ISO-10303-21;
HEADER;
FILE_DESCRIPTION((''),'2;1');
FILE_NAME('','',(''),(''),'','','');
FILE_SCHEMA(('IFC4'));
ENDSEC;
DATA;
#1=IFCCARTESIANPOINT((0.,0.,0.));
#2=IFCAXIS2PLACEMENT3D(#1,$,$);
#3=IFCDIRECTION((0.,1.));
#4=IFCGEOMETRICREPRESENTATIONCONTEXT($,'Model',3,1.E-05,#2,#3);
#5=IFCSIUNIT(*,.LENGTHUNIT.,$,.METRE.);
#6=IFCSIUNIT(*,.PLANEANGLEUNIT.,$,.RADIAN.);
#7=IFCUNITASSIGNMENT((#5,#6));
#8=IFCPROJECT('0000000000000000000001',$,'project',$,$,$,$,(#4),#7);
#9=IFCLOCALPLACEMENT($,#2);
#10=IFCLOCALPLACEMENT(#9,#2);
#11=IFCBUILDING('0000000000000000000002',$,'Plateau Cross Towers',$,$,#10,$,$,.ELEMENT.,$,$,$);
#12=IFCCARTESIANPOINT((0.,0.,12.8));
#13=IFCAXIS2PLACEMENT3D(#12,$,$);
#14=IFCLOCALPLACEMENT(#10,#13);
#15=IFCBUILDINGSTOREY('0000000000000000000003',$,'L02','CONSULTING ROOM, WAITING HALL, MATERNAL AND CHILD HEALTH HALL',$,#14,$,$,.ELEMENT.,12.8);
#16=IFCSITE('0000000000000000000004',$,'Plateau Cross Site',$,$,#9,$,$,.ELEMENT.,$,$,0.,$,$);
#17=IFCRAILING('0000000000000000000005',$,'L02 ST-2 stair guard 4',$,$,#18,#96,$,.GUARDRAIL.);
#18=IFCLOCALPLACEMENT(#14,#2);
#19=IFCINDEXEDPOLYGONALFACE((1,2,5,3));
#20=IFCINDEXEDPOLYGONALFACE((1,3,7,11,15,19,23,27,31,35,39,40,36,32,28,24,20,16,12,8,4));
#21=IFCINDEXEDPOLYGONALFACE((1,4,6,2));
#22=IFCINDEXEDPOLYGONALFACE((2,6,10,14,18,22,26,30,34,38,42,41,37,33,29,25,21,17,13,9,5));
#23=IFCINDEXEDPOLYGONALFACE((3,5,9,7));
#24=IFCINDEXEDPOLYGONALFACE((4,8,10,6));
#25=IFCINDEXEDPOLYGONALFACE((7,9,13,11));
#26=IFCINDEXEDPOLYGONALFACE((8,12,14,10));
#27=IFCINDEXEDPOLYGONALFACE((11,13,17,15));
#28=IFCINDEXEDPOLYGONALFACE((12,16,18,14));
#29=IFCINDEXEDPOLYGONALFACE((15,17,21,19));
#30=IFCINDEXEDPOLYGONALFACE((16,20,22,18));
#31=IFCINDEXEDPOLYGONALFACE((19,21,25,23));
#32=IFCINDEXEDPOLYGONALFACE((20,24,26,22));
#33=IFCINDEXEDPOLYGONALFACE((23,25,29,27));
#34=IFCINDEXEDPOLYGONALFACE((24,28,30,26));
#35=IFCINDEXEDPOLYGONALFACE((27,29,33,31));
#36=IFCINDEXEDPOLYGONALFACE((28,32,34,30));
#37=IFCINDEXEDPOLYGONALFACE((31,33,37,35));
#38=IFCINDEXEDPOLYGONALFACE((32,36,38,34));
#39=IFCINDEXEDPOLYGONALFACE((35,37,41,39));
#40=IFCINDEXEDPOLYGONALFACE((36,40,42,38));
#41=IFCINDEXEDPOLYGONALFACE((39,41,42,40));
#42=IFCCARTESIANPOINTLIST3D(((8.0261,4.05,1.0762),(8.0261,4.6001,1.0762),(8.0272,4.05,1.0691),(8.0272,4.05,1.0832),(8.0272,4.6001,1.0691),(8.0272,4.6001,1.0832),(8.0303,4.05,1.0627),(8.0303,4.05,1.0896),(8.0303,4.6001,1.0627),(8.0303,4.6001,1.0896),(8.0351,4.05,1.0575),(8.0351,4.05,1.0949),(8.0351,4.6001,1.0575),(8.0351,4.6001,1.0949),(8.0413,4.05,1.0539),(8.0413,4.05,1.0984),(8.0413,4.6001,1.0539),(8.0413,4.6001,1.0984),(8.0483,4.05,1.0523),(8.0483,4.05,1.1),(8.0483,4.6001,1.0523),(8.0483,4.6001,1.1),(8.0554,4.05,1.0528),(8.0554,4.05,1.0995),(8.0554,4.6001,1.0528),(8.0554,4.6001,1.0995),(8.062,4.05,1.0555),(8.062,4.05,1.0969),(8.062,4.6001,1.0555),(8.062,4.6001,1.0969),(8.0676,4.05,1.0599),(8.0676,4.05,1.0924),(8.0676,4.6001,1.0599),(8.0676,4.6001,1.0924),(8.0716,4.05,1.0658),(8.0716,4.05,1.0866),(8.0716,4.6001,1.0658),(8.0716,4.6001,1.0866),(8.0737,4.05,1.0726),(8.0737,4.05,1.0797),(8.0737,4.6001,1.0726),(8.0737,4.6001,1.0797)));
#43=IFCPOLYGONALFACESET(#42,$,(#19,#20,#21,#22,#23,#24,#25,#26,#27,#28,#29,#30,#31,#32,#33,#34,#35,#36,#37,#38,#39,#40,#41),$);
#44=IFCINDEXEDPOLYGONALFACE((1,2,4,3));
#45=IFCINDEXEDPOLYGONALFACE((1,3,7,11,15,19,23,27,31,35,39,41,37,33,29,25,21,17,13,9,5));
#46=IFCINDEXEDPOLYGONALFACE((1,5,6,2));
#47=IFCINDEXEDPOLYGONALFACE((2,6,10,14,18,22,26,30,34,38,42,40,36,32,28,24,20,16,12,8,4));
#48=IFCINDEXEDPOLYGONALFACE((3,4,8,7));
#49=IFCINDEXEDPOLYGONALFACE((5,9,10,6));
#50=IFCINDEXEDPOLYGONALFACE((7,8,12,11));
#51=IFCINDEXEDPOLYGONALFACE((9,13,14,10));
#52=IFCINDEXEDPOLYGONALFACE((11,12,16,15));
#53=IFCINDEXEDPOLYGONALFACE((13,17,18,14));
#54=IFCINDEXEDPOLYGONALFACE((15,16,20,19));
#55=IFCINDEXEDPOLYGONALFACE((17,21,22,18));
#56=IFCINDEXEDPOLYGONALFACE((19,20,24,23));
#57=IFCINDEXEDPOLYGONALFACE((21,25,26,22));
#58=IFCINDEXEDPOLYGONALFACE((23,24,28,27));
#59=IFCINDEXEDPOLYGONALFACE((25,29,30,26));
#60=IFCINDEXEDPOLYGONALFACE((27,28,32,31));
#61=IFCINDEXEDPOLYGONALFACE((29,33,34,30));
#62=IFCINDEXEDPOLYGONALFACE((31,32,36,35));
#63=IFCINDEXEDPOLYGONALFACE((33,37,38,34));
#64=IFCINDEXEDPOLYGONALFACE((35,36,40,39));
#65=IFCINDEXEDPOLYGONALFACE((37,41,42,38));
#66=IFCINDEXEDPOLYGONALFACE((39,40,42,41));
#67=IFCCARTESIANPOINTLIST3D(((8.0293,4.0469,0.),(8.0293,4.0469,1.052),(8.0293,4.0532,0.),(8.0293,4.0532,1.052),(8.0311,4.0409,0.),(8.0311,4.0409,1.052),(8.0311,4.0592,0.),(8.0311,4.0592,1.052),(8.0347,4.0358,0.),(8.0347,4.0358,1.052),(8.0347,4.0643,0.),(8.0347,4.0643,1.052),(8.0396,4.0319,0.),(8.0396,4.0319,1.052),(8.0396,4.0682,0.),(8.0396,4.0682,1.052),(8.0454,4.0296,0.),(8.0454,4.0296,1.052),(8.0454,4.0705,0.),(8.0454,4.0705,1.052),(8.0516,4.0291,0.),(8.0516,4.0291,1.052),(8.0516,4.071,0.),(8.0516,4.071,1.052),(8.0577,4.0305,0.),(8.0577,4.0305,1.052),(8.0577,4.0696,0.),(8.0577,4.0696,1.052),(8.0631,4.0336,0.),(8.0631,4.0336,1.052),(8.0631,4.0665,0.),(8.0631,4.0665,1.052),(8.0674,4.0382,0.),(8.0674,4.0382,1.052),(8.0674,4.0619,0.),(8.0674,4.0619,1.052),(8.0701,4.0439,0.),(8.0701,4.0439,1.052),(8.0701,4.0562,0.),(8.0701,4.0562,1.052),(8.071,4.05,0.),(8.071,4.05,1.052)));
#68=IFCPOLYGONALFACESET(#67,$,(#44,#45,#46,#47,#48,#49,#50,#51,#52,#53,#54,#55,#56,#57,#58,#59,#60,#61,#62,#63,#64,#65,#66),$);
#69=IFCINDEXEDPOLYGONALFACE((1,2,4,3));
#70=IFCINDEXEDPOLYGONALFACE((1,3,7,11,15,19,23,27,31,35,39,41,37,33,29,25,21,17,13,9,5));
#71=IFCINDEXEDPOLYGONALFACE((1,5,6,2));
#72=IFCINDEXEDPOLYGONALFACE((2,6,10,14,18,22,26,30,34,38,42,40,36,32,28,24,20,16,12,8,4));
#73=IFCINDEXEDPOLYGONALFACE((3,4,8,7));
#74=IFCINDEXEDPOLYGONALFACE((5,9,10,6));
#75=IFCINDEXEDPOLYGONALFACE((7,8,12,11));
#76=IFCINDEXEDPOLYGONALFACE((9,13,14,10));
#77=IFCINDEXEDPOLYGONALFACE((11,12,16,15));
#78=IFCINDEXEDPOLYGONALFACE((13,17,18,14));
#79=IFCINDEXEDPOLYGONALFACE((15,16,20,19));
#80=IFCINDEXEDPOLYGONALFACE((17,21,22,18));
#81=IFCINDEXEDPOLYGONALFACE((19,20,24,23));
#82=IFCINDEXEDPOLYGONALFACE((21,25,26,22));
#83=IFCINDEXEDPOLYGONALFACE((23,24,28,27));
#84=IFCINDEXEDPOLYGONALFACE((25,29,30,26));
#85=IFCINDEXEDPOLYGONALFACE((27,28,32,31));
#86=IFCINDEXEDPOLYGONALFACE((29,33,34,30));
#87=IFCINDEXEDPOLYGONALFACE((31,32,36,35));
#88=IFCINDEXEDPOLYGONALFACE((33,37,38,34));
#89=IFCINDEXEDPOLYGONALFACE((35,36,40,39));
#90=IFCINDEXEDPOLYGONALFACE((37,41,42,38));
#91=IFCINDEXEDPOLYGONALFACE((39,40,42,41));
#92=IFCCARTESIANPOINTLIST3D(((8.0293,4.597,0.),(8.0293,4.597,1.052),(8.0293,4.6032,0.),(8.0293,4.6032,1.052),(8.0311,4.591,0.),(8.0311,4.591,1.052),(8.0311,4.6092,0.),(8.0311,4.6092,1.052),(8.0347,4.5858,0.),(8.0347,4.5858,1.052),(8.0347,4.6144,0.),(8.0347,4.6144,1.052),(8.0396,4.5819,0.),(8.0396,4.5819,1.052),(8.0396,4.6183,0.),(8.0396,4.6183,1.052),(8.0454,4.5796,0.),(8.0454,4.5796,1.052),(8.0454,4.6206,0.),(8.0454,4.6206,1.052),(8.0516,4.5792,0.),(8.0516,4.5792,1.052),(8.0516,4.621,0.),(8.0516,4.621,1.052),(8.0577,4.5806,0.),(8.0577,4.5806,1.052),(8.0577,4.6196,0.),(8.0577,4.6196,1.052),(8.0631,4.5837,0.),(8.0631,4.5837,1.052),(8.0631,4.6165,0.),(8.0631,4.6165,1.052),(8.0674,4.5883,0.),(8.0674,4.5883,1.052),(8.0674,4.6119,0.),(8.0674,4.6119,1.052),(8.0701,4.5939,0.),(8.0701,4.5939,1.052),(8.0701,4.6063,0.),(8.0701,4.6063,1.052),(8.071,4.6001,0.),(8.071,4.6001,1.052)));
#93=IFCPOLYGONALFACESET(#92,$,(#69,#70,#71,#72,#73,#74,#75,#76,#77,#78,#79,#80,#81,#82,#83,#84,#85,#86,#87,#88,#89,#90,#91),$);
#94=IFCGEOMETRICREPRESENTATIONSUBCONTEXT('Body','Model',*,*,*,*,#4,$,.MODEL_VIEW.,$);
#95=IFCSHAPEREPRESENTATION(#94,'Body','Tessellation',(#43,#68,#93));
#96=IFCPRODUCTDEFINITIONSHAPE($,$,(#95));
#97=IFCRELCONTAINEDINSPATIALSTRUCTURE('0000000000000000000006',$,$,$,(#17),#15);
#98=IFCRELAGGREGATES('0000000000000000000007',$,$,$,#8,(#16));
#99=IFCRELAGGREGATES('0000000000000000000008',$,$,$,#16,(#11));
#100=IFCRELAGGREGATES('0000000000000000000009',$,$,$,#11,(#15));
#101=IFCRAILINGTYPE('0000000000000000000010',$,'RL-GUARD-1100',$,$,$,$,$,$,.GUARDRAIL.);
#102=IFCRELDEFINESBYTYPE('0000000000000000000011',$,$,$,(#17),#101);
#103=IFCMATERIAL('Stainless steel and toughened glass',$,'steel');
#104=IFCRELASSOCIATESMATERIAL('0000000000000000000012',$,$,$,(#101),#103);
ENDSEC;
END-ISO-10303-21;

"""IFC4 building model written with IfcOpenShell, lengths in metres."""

from ifc_helpers import new_model, si_unit, direction, frame, origin, origin_2d, place, context, subcontext, project, spatial, circle, extrude, material, type_object, element, save


model = new_model("IFC4")

# Units and contexts
model_context = context("Model", 3, precision=1e-05, world=origin(), true_north=direction((0.0, 1.0)))
body_context = subcontext(model_context, "Body", "Model", "MODEL_VIEW")
ifc_project = project(units=[si_unit("LENGTHUNIT", "METRE"), si_unit("PLANEANGLEUNIT", "RADIAN")], contexts=[model_context])

# Site, building, storey
site_placement = place(None, origin())
site = spatial("IfcSite", under=ifc_project, at=site_placement, Name="Plateau Cross Site", CompositionType="ELEMENT", RefElevation=0.0)
building_placement = place(site_placement, origin())
building = spatial("IfcBuilding", under=site, at=building_placement, Name="Plateau Cross Towers", CompositionType="ELEMENT")
storey_placement = place(building_placement, frame((0.0, 0.0, 12.8)))
storey = spatial("IfcBuildingStorey", under=building, at=storey_placement, Name="L02", Description="CONSULTING ROOM, WAITING HALL, MATERNAL AND CHILD HEALTH HALL", CompositionType="ELEMENT", Elevation=12.8)

# Railing
ifc_material_1 = material(Name="Stainless steel and toughened glass", Category="steel")
railing_type_1 = type_object("IfcRailingType", Name="RL-GUARD-1100", PredefinedType="GUARDRAIL", material=ifc_material_1)
railing_1_placement = place(storey_placement, frame((8.05, 4.05, 0.0)))
element("IfcRailing", 1, at=railing_1_placement, inside=storey, type_object=railing_type_1, Name="L02 ST-2 stair guard 4", PredefinedType="GUARDRAIL", context=body_context, shape_type="SweptSolid", body=[
    extrude(circle(Radius=0.0239, at=origin_2d()), frame((0.0, 0.0, 1.0762), z_axis=(0.0, 1.0, 0.0), x_axis=(-1.0, 0.0, 0.0)), (0.0, 0.0, 1.0), 0.55),
    extrude(circle(Radius=0.021, at=origin_2d()), origin(), (0.0, 0.0, 1.0), 1.052),
    extrude(circle(Radius=0.021, at=origin_2d()), frame((0.0, 0.55, 0.0)), (0.0, 0.0, 1.0), 1.052),
])

save(model, "model.ifc")
